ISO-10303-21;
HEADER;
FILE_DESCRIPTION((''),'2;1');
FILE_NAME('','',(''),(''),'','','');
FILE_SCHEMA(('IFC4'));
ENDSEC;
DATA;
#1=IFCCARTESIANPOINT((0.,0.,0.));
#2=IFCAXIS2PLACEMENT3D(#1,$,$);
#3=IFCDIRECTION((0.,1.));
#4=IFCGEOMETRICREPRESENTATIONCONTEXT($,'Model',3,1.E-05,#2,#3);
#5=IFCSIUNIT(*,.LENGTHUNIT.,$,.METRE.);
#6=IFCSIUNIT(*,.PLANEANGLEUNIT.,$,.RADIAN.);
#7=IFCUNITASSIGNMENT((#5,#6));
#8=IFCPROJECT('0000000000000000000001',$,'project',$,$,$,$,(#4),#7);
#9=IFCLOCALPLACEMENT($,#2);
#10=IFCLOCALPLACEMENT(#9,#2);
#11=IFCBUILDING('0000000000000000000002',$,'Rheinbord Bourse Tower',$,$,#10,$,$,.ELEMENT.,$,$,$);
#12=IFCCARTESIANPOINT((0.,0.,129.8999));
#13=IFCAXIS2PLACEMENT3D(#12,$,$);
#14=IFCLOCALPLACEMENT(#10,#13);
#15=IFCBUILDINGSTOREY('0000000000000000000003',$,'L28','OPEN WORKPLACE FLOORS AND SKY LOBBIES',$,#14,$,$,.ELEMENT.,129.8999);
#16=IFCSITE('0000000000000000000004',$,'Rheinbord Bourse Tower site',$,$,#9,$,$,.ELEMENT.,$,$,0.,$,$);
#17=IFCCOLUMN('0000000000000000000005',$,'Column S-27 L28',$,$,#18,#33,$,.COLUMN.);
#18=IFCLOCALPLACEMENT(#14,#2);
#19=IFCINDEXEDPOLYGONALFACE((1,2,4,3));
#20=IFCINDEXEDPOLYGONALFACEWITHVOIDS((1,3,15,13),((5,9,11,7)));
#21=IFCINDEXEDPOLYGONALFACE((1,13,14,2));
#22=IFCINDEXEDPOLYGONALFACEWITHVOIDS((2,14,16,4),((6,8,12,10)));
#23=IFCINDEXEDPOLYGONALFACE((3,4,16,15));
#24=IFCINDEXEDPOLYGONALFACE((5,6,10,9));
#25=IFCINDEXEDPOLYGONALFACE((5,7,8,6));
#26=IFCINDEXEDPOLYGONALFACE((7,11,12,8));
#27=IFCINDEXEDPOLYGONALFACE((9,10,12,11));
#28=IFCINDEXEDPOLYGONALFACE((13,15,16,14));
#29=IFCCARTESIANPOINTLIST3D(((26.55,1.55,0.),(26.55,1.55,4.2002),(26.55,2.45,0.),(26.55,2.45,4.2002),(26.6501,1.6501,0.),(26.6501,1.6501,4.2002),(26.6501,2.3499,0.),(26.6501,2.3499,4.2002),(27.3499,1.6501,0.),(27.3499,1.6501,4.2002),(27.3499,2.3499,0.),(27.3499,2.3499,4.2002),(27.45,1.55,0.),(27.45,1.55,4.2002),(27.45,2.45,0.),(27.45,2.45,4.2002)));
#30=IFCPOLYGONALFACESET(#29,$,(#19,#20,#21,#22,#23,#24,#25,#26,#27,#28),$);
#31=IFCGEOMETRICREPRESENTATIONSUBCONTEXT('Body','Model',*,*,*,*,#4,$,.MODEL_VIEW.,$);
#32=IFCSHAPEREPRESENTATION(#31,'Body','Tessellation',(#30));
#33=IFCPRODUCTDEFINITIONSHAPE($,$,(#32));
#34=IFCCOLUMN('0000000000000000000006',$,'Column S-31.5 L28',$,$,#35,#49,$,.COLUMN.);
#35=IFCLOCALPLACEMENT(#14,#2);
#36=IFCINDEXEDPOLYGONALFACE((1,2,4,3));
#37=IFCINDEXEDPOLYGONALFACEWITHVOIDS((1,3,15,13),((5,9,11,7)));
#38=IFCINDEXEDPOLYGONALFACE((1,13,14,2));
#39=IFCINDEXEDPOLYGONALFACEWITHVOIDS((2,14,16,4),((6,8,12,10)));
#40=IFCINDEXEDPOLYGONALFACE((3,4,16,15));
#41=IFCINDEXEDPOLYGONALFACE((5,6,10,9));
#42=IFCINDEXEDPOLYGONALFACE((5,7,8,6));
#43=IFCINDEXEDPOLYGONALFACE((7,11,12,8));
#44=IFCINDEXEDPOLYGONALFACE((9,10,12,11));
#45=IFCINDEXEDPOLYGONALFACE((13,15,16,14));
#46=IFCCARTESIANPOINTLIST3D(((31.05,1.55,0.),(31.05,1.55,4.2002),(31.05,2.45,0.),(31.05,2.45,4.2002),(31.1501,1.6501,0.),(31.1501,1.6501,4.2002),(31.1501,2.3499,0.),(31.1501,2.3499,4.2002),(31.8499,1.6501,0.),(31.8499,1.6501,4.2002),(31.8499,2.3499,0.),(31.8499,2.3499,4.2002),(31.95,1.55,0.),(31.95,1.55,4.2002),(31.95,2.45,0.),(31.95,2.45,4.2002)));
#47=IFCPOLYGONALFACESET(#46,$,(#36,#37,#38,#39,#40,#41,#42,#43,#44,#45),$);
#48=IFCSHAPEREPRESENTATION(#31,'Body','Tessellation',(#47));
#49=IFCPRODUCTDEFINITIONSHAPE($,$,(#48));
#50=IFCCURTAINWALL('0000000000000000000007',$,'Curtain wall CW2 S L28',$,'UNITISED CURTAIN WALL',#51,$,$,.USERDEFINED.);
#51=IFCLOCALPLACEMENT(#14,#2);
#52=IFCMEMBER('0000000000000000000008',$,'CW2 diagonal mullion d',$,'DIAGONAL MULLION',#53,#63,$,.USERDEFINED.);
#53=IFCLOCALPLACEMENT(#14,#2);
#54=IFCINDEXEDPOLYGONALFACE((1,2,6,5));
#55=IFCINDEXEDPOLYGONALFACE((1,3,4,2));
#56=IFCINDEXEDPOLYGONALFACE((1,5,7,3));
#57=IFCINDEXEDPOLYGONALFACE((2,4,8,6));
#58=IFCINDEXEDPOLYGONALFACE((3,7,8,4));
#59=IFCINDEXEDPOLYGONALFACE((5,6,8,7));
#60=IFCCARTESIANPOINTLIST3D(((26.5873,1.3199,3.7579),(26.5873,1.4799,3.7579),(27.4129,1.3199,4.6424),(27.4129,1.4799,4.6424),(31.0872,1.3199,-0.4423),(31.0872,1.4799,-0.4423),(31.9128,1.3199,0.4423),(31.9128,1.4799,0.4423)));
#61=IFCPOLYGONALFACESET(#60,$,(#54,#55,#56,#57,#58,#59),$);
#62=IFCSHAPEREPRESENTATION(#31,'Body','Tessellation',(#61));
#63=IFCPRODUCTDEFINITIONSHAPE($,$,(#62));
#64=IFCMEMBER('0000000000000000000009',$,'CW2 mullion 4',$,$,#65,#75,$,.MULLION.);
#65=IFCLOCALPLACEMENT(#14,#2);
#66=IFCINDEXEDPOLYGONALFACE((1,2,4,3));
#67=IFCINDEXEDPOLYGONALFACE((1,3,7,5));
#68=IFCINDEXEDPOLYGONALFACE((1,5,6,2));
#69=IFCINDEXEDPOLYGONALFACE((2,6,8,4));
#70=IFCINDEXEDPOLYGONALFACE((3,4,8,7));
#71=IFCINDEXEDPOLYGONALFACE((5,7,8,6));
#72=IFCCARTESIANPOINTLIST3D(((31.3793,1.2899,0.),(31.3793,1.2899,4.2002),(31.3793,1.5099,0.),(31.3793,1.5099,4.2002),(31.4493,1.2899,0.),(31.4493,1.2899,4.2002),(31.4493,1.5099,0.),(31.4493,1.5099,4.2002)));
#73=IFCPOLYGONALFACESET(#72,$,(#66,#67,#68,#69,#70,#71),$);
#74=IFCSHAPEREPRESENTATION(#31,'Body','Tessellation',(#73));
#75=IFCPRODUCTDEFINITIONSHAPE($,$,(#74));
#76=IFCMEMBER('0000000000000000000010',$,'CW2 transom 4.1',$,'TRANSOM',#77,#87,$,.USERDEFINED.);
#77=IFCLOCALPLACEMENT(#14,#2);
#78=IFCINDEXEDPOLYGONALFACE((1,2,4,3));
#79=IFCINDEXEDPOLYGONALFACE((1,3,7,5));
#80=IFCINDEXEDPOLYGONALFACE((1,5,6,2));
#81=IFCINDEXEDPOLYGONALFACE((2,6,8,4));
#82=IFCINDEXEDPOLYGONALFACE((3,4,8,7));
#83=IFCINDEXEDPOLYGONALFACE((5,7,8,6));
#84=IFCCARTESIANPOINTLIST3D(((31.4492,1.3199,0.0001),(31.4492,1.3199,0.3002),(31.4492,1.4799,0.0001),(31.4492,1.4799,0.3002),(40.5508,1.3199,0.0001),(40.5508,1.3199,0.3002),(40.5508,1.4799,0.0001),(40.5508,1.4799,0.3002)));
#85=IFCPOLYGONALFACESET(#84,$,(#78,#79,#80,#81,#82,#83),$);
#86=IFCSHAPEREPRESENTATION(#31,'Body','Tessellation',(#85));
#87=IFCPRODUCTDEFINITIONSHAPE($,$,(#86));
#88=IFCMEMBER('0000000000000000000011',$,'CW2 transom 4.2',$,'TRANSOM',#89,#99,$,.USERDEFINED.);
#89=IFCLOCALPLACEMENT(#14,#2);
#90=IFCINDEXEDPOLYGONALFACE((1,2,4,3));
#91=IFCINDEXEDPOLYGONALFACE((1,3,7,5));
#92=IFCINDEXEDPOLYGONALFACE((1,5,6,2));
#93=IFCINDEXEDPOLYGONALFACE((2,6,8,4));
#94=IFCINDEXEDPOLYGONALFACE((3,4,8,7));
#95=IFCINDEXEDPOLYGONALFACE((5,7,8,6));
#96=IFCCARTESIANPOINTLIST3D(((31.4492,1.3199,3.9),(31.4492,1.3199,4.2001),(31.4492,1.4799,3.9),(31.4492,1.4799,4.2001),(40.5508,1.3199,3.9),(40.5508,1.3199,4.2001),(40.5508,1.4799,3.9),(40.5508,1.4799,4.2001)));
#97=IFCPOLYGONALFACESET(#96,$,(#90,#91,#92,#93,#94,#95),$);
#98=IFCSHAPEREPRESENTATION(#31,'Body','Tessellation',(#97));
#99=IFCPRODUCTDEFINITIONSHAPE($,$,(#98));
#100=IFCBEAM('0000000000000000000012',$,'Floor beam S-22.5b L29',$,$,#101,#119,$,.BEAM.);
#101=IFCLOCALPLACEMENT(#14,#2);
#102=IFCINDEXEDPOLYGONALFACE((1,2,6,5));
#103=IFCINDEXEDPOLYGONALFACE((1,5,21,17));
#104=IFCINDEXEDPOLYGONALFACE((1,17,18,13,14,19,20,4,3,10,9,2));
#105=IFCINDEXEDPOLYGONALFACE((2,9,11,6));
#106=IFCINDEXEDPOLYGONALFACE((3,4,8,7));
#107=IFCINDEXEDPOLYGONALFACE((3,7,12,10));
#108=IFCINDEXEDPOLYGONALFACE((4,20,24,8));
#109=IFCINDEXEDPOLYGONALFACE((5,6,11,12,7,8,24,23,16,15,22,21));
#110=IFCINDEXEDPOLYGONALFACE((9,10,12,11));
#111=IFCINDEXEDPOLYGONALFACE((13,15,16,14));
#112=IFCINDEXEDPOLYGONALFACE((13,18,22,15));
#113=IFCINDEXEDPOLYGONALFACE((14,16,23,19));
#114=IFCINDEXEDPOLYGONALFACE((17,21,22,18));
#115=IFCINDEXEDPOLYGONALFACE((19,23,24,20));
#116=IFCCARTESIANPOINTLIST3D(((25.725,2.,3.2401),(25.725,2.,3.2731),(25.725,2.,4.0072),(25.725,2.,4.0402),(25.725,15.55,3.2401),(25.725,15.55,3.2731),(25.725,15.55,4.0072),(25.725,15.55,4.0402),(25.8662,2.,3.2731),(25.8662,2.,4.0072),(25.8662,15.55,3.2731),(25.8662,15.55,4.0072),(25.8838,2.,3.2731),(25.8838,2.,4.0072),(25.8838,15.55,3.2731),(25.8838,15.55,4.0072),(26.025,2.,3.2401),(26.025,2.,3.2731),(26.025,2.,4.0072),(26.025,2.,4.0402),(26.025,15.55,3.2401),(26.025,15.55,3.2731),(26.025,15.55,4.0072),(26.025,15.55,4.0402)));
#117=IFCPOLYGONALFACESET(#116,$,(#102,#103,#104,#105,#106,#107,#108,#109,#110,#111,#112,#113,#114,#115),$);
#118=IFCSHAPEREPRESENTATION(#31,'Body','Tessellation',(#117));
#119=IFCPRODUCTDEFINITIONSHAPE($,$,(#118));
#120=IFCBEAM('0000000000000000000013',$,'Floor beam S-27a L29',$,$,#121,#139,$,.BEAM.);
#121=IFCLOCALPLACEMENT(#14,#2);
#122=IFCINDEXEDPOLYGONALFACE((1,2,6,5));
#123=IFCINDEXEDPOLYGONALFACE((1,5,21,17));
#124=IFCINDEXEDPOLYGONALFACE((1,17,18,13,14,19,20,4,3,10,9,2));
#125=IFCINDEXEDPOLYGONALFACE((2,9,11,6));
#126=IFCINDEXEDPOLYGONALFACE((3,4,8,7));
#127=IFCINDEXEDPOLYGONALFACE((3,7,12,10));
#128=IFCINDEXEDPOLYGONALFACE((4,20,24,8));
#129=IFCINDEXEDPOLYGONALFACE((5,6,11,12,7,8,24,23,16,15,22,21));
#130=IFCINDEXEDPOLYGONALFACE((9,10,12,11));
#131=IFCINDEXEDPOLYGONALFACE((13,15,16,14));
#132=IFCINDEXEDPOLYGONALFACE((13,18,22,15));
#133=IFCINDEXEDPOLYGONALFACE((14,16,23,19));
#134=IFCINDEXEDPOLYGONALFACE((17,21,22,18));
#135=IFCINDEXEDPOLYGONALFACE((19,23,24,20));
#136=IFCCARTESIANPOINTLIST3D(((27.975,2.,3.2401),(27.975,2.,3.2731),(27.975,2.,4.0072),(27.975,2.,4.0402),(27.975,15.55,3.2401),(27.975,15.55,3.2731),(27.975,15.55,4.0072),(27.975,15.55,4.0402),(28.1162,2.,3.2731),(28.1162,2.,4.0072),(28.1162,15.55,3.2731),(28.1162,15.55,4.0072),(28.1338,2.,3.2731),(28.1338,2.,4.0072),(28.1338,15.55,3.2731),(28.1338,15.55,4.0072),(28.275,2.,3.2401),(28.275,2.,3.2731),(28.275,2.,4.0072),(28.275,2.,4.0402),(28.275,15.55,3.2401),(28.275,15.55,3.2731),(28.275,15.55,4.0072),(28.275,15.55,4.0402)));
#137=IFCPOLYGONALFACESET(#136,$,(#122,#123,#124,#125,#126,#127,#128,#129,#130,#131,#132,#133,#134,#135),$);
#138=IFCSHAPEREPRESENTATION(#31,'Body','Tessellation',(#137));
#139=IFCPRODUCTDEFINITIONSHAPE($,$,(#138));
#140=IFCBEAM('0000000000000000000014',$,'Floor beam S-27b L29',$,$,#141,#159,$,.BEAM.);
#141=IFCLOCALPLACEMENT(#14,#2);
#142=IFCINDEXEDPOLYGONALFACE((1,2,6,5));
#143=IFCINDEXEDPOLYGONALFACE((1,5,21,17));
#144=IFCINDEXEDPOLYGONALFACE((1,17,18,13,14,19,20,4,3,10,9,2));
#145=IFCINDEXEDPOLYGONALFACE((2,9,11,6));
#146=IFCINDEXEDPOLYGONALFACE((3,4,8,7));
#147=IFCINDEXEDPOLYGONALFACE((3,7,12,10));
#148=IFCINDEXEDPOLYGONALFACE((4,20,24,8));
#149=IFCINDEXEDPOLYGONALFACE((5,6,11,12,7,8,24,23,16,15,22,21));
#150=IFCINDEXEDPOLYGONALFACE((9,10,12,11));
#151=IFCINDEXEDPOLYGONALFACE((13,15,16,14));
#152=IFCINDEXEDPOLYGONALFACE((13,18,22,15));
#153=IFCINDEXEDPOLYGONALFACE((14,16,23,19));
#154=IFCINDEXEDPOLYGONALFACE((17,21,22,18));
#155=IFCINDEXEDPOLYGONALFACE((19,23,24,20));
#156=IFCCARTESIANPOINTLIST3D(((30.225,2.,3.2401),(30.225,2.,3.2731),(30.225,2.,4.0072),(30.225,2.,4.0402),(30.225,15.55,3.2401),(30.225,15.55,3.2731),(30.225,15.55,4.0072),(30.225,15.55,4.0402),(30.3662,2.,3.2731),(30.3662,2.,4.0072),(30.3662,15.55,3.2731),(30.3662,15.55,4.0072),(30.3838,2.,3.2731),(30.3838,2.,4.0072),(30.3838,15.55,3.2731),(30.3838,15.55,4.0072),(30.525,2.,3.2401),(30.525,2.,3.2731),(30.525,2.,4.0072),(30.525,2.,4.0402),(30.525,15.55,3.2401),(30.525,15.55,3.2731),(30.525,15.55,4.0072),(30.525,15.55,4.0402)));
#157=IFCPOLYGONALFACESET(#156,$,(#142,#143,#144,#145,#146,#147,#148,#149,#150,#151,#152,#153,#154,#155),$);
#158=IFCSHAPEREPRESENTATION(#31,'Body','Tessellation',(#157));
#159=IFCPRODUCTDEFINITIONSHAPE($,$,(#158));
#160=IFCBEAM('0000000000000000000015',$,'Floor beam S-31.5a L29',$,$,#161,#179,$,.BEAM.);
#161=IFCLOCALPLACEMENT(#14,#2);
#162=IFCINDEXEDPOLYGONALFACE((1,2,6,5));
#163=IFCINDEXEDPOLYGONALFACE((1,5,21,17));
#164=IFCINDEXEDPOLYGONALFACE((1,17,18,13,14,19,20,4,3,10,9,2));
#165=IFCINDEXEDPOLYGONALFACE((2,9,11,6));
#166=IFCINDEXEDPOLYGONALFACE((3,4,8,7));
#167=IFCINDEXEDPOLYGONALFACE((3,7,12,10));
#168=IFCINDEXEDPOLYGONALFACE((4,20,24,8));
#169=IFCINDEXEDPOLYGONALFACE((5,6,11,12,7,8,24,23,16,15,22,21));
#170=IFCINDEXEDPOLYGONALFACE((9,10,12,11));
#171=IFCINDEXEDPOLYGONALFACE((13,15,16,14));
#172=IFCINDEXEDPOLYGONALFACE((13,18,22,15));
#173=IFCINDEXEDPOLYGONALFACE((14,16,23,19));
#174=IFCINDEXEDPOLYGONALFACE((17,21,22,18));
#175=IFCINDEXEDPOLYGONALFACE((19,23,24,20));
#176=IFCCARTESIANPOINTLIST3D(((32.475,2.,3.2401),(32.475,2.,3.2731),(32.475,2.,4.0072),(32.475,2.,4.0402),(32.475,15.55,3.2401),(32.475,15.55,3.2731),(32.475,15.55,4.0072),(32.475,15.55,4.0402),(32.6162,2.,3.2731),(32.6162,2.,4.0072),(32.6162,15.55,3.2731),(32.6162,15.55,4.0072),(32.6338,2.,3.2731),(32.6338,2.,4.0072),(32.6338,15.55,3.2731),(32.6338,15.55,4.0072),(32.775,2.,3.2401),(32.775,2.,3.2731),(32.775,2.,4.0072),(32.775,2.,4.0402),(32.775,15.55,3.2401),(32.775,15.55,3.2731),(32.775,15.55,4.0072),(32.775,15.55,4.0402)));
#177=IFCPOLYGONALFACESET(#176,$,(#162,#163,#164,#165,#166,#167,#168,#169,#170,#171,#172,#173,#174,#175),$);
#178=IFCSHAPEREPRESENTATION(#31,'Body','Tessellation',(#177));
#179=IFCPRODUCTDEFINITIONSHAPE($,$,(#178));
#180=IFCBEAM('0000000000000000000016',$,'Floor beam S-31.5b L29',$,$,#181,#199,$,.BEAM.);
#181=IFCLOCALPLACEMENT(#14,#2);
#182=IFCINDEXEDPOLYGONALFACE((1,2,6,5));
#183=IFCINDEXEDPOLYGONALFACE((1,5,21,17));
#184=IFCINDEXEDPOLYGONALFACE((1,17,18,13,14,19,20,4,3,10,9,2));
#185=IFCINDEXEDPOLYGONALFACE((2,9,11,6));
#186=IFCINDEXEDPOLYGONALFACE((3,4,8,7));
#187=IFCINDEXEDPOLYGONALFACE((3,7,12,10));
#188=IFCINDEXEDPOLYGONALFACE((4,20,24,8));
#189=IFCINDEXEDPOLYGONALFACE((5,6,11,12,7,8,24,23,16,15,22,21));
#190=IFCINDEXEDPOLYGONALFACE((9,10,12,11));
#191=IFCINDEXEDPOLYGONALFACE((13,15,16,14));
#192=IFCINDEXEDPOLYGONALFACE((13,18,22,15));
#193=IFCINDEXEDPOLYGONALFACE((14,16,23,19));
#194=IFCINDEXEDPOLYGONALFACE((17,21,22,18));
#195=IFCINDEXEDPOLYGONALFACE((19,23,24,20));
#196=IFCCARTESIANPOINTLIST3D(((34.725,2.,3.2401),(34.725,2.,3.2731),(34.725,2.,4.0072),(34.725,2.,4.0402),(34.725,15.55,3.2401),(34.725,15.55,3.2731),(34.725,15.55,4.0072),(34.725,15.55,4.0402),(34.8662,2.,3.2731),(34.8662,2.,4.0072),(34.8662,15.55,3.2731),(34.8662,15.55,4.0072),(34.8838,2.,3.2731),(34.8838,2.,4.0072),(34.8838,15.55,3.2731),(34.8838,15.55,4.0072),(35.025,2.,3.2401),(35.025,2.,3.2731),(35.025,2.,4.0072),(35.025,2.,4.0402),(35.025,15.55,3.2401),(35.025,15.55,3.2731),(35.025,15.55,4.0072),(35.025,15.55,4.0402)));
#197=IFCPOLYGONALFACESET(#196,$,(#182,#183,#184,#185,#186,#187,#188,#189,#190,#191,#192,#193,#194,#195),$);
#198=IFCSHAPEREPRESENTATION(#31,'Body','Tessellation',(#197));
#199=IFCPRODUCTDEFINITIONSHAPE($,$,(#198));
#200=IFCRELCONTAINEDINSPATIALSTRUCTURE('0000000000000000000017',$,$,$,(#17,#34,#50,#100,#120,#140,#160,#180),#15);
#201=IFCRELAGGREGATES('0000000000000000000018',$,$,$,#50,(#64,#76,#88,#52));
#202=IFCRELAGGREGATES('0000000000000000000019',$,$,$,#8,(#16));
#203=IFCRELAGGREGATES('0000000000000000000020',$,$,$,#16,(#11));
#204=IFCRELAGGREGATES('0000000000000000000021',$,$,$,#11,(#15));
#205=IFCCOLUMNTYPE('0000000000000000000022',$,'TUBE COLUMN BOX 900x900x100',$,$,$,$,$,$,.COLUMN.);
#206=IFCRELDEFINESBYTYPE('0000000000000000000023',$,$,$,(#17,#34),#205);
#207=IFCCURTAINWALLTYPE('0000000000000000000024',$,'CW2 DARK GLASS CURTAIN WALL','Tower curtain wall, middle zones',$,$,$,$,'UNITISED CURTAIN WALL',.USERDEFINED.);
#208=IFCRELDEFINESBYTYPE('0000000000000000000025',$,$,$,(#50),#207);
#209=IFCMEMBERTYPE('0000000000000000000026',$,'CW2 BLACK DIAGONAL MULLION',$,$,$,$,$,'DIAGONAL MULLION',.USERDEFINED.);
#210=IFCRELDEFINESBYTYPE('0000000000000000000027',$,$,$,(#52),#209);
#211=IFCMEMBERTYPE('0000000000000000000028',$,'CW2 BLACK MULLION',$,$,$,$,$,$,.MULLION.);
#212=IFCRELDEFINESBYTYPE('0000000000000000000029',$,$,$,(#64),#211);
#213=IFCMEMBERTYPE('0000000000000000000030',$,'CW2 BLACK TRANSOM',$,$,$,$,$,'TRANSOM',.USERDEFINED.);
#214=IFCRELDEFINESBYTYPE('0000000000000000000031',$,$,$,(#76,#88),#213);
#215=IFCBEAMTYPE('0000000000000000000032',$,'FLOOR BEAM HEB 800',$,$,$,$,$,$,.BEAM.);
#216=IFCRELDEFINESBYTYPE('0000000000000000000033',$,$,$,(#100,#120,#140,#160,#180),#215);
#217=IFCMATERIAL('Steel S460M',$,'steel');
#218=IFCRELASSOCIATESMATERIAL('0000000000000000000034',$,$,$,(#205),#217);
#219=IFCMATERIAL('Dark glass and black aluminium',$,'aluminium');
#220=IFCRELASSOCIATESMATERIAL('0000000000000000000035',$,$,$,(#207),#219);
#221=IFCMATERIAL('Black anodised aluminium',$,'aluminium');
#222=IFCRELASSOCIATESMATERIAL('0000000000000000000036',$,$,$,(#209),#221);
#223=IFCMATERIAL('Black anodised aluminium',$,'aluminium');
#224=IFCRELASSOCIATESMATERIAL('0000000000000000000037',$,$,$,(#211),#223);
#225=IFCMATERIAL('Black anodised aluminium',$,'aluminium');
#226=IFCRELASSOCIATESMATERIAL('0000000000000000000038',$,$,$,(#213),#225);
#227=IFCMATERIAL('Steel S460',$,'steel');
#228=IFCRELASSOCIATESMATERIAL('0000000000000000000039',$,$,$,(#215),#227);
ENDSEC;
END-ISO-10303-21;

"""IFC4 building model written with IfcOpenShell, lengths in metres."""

from ifc_helpers import new_model, si_unit, direction, frame, origin, origin_2d, place, context, subcontext, project, spatial, rectangle, hollow_rectangle, i_section, extrude, material, material_profile, profile_set, type_object, element, aggregate, save


model = new_model("IFC4")

# Units and contexts
model_context = context("Model", 3, precision=1e-05, world=origin(), true_north=direction((0.0, 1.0)))
body_context = subcontext(model_context, "Body", "Model", "MODEL_VIEW")
ifc_project = project(units=[si_unit("LENGTHUNIT", "METRE"), si_unit("PLANEANGLEUNIT", "RADIAN")], contexts=[model_context])

# Site, building, storey
site_placement = place(None, origin())
site = spatial("IfcSite", under=ifc_project, at=site_placement, Name="Rheinbord Bourse Tower site", CompositionType="ELEMENT", RefElevation=0.0)
building_placement = place(site_placement, origin())
building = spatial("IfcBuilding", under=site, at=building_placement, Name="Rheinbord Bourse Tower", CompositionType="ELEMENT")
storey_placement = place(building_placement, frame((0.0, 0.0, 129.8999)))
storey = spatial("IfcBuildingStorey", under=building, at=storey_placement, Name="L28", Description="OPEN WORKPLACE FLOORS AND SKY LOBBIES", CompositionType="ELEMENT", Elevation=129.8999)

# Columns
ifc_material_1 = material(Name="Steel S460M", Category="steel")
ifc_material_profile_1 = material_profile(ifc_material_1, hollow_rectangle(XDim=0.8999, YDim=0.8999, WallThickness=0.1001, at=origin_2d()), Name="BOX 900x900x100")
ifc_profile_set_1 = profile_set([ifc_material_profile_1], Name="Steel S460M")
column_type = type_object("IfcColumnType", Name="TUBE COLUMN BOX 900x900x100", PredefinedType="COLUMN", material=ifc_profile_set_1)
for number, where, z_axis, x_axis, name in (
    (1, (27.0, 2.0, 0.0), (0.0, 0.0, 1.0), (0.0, 1.0, 0.0), "Column S-27 L28"),
    (2, (31.5, 2.0, 0.0), (0.0, 0.0, 1.0), (0.0, 1.0, 0.0), "Column S-31.5 L28"),
):
    element("IfcColumn", number, at=place(storey_placement, frame(where, z_axis=z_axis, x_axis=x_axis)), inside=storey, type_object=column_type, Name=name, PredefinedType="COLUMN", context=body_context, shape_type="SweptSolid", body=[
        extrude(hollow_rectangle(XDim=0.8999, YDim=0.8999, WallThickness=0.1001, at=origin_2d()), origin(), (0.0, 0.0, 1.0), 4.2002),
    ])

# Curtain wall, members
ifc_material_2 = material(Name="Dark glass and black aluminium", Category="aluminium")
curtain_wall_type = type_object("IfcCurtainWallType", Name="CW2 DARK GLASS CURTAIN WALL", Description="Tower curtain wall, middle zones", ElementType="UNITISED CURTAIN WALL", PredefinedType="USERDEFINED", material=ifc_material_2)
curtain_wall_placement = place(storey_placement, origin())
curtain_wall = element("IfcCurtainWall", 3, at=curtain_wall_placement, inside=storey, type_object=curtain_wall_type, Name="Curtain wall CW2 S L28", ObjectType="UNITISED CURTAIN WALL", PredefinedType="USERDEFINED")
ifc_material_3 = material(Name="Black anodised aluminium", Category="aluminium")
ifc_material_profile_2 = material_profile(ifc_material_3, rectangle(XDim=0.1599, YDim=1.21, at=origin_2d()), Name="CW2 DIAGONAL MULLION 1210x160")
ifc_profile_set_2 = profile_set([ifc_material_profile_2], Name="Black anodised aluminium")
member_type_1 = type_object("IfcMemberType", Name="CW2 BLACK DIAGONAL MULLION", ElementType="DIAGONAL MULLION", PredefinedType="USERDEFINED", material=ifc_profile_set_2)
member_1_placement = place(storey_placement, frame((31.5, 1.3999, 0.0), z_axis=(-0.731039, 0.0, 0.682335), x_axis=(0.0, -1.0, 0.0)))
member_1 = element("IfcMember", 4, at=member_1_placement, type_object=member_type_1, Name="CW2 diagonal mullion d", ObjectType="DIAGONAL MULLION", PredefinedType="USERDEFINED", context=body_context, shape_type="SweptSolid", body=[
    extrude(rectangle(XDim=0.1599, YDim=1.21, at=origin_2d()), origin(), (0.0, 0.0, 1.0), 6.1555),
])
ifc_material_4 = material(Name="Black anodised aluminium", Category="aluminium")
ifc_material_profile_3 = material_profile(ifc_material_4, rectangle(XDim=0.22, YDim=0.0701, at=origin_2d()), Name="CW2 MULLION 70x220")
ifc_profile_set_3 = profile_set([ifc_material_profile_3], Name="Black anodised aluminium")
member_type_2 = type_object("IfcMemberType", Name="CW2 BLACK MULLION", PredefinedType="MULLION", material=ifc_profile_set_3)
member_2_placement = place(storey_placement, frame((31.4143, 1.3999, 0.0), z_axis=(0.0, 0.0, 1.0), x_axis=(0.0, 1.0, 0.0)))
member_2 = element("IfcMember", 5, at=member_2_placement, type_object=member_type_2, Name="CW2 mullion 4", PredefinedType="MULLION", context=body_context, shape_type="SweptSolid", body=[
    extrude(rectangle(XDim=0.22, YDim=0.0701, at=origin_2d()), origin(), (0.0, 0.0, 1.0), 4.2002),
])
ifc_material_5 = material(Name="Black anodised aluminium", Category="aluminium")
ifc_material_profile_4 = material_profile(ifc_material_5, rectangle(XDim=0.1599, YDim=0.3, at=origin_2d()), Name="CW2 TRANSOM 300x160")
ifc_profile_set_4 = profile_set([ifc_material_profile_4], Name="Black anodised aluminium")
member_type_3 = type_object("IfcMemberType", Name="CW2 BLACK TRANSOM", ElementType="TRANSOM", PredefinedType="USERDEFINED", material=ifc_profile_set_4)
member_3_placement = place(storey_placement, frame((31.4492, 1.3999, 0.1501), z_axis=(1.0, 0.0, 0.0), x_axis=(0.0, 1.0, 0.0)))
member_3 = element("IfcMember", 6, at=member_3_placement, type_object=member_type_3, Name="CW2 transom 4.1", ObjectType="TRANSOM", PredefinedType="USERDEFINED", context=body_context, shape_type="SweptSolid", body=[
    extrude(rectangle(XDim=0.1599, YDim=0.3, at=origin_2d()), origin(), (0.0, 0.0, 1.0), 9.1016),
])
member_4_placement = place(storey_placement, frame((31.4492, 1.3999, 4.05), z_axis=(1.0, 0.0, 0.0), x_axis=(0.0, 1.0, 0.0)))
member_4 = element("IfcMember", 7, at=member_4_placement, type_object=member_type_3, Name="CW2 transom 4.2", ObjectType="TRANSOM", PredefinedType="USERDEFINED", context=body_context, shape_type="SweptSolid", body=[
    extrude(rectangle(XDim=0.1599, YDim=0.3, at=origin_2d()), origin(), (0.0, 0.0, 1.0), 9.1016),
])

# Beams
ifc_material_6 = material(Name="Steel S460", Category="steel")
ifc_material_profile_5 = material_profile(ifc_material_6, i_section(OverallWidth=0.3, OverallDepth=0.8, WebThickness=0.0176, FlangeThickness=0.033, at=origin_2d()), Name="HEB 800")
ifc_profile_set_5 = profile_set([ifc_material_profile_5], Name="Steel S460")
beam_type_1 = type_object("IfcBeamType", Name="FLOOR BEAM HEB 800", PredefinedType="BEAM", material=ifc_profile_set_5)
for number, where, z_axis, x_axis, name in (
    (8, (25.875, 2.0, 3.6401), (0.0, 1.0, 0.0), (-1.0, 0.0, 0.0), "Floor beam S-22.5b L29"),
    (9, (28.125, 2.0, 3.6401), (0.0, 1.0, 0.0), (-1.0, 0.0, 0.0), "Floor beam S-27a L29"),
    (10, (30.375, 2.0, 3.6401), (0.0, 1.0, 0.0), (-1.0, 0.0, 0.0), "Floor beam S-27b L29"),
    (11, (32.625, 2.0, 3.6401), (0.0, 1.0, 0.0), (-1.0, 0.0, 0.0), "Floor beam S-31.5a L29"),
    (12, (34.875, 2.0, 3.6401), (0.0, 1.0, 0.0), (-1.0, 0.0, 0.0), "Floor beam S-31.5b L29"),
):
    element("IfcBeam", number, at=place(storey_placement, frame(where, z_axis=z_axis, x_axis=x_axis)), inside=storey, type_object=beam_type_1, Name=name, PredefinedType="BEAM", context=body_context, shape_type="SweptSolid", body=[
        extrude(i_section(OverallWidth=0.3, OverallDepth=0.8, WebThickness=0.0176, FlangeThickness=0.033, at=origin_2d()), origin(), (0.0, 0.0, 1.0), 13.55),
    ])

aggregate(curtain_wall, [member_2, member_3, member_4, member_1])

save(model, "model.ifc")
